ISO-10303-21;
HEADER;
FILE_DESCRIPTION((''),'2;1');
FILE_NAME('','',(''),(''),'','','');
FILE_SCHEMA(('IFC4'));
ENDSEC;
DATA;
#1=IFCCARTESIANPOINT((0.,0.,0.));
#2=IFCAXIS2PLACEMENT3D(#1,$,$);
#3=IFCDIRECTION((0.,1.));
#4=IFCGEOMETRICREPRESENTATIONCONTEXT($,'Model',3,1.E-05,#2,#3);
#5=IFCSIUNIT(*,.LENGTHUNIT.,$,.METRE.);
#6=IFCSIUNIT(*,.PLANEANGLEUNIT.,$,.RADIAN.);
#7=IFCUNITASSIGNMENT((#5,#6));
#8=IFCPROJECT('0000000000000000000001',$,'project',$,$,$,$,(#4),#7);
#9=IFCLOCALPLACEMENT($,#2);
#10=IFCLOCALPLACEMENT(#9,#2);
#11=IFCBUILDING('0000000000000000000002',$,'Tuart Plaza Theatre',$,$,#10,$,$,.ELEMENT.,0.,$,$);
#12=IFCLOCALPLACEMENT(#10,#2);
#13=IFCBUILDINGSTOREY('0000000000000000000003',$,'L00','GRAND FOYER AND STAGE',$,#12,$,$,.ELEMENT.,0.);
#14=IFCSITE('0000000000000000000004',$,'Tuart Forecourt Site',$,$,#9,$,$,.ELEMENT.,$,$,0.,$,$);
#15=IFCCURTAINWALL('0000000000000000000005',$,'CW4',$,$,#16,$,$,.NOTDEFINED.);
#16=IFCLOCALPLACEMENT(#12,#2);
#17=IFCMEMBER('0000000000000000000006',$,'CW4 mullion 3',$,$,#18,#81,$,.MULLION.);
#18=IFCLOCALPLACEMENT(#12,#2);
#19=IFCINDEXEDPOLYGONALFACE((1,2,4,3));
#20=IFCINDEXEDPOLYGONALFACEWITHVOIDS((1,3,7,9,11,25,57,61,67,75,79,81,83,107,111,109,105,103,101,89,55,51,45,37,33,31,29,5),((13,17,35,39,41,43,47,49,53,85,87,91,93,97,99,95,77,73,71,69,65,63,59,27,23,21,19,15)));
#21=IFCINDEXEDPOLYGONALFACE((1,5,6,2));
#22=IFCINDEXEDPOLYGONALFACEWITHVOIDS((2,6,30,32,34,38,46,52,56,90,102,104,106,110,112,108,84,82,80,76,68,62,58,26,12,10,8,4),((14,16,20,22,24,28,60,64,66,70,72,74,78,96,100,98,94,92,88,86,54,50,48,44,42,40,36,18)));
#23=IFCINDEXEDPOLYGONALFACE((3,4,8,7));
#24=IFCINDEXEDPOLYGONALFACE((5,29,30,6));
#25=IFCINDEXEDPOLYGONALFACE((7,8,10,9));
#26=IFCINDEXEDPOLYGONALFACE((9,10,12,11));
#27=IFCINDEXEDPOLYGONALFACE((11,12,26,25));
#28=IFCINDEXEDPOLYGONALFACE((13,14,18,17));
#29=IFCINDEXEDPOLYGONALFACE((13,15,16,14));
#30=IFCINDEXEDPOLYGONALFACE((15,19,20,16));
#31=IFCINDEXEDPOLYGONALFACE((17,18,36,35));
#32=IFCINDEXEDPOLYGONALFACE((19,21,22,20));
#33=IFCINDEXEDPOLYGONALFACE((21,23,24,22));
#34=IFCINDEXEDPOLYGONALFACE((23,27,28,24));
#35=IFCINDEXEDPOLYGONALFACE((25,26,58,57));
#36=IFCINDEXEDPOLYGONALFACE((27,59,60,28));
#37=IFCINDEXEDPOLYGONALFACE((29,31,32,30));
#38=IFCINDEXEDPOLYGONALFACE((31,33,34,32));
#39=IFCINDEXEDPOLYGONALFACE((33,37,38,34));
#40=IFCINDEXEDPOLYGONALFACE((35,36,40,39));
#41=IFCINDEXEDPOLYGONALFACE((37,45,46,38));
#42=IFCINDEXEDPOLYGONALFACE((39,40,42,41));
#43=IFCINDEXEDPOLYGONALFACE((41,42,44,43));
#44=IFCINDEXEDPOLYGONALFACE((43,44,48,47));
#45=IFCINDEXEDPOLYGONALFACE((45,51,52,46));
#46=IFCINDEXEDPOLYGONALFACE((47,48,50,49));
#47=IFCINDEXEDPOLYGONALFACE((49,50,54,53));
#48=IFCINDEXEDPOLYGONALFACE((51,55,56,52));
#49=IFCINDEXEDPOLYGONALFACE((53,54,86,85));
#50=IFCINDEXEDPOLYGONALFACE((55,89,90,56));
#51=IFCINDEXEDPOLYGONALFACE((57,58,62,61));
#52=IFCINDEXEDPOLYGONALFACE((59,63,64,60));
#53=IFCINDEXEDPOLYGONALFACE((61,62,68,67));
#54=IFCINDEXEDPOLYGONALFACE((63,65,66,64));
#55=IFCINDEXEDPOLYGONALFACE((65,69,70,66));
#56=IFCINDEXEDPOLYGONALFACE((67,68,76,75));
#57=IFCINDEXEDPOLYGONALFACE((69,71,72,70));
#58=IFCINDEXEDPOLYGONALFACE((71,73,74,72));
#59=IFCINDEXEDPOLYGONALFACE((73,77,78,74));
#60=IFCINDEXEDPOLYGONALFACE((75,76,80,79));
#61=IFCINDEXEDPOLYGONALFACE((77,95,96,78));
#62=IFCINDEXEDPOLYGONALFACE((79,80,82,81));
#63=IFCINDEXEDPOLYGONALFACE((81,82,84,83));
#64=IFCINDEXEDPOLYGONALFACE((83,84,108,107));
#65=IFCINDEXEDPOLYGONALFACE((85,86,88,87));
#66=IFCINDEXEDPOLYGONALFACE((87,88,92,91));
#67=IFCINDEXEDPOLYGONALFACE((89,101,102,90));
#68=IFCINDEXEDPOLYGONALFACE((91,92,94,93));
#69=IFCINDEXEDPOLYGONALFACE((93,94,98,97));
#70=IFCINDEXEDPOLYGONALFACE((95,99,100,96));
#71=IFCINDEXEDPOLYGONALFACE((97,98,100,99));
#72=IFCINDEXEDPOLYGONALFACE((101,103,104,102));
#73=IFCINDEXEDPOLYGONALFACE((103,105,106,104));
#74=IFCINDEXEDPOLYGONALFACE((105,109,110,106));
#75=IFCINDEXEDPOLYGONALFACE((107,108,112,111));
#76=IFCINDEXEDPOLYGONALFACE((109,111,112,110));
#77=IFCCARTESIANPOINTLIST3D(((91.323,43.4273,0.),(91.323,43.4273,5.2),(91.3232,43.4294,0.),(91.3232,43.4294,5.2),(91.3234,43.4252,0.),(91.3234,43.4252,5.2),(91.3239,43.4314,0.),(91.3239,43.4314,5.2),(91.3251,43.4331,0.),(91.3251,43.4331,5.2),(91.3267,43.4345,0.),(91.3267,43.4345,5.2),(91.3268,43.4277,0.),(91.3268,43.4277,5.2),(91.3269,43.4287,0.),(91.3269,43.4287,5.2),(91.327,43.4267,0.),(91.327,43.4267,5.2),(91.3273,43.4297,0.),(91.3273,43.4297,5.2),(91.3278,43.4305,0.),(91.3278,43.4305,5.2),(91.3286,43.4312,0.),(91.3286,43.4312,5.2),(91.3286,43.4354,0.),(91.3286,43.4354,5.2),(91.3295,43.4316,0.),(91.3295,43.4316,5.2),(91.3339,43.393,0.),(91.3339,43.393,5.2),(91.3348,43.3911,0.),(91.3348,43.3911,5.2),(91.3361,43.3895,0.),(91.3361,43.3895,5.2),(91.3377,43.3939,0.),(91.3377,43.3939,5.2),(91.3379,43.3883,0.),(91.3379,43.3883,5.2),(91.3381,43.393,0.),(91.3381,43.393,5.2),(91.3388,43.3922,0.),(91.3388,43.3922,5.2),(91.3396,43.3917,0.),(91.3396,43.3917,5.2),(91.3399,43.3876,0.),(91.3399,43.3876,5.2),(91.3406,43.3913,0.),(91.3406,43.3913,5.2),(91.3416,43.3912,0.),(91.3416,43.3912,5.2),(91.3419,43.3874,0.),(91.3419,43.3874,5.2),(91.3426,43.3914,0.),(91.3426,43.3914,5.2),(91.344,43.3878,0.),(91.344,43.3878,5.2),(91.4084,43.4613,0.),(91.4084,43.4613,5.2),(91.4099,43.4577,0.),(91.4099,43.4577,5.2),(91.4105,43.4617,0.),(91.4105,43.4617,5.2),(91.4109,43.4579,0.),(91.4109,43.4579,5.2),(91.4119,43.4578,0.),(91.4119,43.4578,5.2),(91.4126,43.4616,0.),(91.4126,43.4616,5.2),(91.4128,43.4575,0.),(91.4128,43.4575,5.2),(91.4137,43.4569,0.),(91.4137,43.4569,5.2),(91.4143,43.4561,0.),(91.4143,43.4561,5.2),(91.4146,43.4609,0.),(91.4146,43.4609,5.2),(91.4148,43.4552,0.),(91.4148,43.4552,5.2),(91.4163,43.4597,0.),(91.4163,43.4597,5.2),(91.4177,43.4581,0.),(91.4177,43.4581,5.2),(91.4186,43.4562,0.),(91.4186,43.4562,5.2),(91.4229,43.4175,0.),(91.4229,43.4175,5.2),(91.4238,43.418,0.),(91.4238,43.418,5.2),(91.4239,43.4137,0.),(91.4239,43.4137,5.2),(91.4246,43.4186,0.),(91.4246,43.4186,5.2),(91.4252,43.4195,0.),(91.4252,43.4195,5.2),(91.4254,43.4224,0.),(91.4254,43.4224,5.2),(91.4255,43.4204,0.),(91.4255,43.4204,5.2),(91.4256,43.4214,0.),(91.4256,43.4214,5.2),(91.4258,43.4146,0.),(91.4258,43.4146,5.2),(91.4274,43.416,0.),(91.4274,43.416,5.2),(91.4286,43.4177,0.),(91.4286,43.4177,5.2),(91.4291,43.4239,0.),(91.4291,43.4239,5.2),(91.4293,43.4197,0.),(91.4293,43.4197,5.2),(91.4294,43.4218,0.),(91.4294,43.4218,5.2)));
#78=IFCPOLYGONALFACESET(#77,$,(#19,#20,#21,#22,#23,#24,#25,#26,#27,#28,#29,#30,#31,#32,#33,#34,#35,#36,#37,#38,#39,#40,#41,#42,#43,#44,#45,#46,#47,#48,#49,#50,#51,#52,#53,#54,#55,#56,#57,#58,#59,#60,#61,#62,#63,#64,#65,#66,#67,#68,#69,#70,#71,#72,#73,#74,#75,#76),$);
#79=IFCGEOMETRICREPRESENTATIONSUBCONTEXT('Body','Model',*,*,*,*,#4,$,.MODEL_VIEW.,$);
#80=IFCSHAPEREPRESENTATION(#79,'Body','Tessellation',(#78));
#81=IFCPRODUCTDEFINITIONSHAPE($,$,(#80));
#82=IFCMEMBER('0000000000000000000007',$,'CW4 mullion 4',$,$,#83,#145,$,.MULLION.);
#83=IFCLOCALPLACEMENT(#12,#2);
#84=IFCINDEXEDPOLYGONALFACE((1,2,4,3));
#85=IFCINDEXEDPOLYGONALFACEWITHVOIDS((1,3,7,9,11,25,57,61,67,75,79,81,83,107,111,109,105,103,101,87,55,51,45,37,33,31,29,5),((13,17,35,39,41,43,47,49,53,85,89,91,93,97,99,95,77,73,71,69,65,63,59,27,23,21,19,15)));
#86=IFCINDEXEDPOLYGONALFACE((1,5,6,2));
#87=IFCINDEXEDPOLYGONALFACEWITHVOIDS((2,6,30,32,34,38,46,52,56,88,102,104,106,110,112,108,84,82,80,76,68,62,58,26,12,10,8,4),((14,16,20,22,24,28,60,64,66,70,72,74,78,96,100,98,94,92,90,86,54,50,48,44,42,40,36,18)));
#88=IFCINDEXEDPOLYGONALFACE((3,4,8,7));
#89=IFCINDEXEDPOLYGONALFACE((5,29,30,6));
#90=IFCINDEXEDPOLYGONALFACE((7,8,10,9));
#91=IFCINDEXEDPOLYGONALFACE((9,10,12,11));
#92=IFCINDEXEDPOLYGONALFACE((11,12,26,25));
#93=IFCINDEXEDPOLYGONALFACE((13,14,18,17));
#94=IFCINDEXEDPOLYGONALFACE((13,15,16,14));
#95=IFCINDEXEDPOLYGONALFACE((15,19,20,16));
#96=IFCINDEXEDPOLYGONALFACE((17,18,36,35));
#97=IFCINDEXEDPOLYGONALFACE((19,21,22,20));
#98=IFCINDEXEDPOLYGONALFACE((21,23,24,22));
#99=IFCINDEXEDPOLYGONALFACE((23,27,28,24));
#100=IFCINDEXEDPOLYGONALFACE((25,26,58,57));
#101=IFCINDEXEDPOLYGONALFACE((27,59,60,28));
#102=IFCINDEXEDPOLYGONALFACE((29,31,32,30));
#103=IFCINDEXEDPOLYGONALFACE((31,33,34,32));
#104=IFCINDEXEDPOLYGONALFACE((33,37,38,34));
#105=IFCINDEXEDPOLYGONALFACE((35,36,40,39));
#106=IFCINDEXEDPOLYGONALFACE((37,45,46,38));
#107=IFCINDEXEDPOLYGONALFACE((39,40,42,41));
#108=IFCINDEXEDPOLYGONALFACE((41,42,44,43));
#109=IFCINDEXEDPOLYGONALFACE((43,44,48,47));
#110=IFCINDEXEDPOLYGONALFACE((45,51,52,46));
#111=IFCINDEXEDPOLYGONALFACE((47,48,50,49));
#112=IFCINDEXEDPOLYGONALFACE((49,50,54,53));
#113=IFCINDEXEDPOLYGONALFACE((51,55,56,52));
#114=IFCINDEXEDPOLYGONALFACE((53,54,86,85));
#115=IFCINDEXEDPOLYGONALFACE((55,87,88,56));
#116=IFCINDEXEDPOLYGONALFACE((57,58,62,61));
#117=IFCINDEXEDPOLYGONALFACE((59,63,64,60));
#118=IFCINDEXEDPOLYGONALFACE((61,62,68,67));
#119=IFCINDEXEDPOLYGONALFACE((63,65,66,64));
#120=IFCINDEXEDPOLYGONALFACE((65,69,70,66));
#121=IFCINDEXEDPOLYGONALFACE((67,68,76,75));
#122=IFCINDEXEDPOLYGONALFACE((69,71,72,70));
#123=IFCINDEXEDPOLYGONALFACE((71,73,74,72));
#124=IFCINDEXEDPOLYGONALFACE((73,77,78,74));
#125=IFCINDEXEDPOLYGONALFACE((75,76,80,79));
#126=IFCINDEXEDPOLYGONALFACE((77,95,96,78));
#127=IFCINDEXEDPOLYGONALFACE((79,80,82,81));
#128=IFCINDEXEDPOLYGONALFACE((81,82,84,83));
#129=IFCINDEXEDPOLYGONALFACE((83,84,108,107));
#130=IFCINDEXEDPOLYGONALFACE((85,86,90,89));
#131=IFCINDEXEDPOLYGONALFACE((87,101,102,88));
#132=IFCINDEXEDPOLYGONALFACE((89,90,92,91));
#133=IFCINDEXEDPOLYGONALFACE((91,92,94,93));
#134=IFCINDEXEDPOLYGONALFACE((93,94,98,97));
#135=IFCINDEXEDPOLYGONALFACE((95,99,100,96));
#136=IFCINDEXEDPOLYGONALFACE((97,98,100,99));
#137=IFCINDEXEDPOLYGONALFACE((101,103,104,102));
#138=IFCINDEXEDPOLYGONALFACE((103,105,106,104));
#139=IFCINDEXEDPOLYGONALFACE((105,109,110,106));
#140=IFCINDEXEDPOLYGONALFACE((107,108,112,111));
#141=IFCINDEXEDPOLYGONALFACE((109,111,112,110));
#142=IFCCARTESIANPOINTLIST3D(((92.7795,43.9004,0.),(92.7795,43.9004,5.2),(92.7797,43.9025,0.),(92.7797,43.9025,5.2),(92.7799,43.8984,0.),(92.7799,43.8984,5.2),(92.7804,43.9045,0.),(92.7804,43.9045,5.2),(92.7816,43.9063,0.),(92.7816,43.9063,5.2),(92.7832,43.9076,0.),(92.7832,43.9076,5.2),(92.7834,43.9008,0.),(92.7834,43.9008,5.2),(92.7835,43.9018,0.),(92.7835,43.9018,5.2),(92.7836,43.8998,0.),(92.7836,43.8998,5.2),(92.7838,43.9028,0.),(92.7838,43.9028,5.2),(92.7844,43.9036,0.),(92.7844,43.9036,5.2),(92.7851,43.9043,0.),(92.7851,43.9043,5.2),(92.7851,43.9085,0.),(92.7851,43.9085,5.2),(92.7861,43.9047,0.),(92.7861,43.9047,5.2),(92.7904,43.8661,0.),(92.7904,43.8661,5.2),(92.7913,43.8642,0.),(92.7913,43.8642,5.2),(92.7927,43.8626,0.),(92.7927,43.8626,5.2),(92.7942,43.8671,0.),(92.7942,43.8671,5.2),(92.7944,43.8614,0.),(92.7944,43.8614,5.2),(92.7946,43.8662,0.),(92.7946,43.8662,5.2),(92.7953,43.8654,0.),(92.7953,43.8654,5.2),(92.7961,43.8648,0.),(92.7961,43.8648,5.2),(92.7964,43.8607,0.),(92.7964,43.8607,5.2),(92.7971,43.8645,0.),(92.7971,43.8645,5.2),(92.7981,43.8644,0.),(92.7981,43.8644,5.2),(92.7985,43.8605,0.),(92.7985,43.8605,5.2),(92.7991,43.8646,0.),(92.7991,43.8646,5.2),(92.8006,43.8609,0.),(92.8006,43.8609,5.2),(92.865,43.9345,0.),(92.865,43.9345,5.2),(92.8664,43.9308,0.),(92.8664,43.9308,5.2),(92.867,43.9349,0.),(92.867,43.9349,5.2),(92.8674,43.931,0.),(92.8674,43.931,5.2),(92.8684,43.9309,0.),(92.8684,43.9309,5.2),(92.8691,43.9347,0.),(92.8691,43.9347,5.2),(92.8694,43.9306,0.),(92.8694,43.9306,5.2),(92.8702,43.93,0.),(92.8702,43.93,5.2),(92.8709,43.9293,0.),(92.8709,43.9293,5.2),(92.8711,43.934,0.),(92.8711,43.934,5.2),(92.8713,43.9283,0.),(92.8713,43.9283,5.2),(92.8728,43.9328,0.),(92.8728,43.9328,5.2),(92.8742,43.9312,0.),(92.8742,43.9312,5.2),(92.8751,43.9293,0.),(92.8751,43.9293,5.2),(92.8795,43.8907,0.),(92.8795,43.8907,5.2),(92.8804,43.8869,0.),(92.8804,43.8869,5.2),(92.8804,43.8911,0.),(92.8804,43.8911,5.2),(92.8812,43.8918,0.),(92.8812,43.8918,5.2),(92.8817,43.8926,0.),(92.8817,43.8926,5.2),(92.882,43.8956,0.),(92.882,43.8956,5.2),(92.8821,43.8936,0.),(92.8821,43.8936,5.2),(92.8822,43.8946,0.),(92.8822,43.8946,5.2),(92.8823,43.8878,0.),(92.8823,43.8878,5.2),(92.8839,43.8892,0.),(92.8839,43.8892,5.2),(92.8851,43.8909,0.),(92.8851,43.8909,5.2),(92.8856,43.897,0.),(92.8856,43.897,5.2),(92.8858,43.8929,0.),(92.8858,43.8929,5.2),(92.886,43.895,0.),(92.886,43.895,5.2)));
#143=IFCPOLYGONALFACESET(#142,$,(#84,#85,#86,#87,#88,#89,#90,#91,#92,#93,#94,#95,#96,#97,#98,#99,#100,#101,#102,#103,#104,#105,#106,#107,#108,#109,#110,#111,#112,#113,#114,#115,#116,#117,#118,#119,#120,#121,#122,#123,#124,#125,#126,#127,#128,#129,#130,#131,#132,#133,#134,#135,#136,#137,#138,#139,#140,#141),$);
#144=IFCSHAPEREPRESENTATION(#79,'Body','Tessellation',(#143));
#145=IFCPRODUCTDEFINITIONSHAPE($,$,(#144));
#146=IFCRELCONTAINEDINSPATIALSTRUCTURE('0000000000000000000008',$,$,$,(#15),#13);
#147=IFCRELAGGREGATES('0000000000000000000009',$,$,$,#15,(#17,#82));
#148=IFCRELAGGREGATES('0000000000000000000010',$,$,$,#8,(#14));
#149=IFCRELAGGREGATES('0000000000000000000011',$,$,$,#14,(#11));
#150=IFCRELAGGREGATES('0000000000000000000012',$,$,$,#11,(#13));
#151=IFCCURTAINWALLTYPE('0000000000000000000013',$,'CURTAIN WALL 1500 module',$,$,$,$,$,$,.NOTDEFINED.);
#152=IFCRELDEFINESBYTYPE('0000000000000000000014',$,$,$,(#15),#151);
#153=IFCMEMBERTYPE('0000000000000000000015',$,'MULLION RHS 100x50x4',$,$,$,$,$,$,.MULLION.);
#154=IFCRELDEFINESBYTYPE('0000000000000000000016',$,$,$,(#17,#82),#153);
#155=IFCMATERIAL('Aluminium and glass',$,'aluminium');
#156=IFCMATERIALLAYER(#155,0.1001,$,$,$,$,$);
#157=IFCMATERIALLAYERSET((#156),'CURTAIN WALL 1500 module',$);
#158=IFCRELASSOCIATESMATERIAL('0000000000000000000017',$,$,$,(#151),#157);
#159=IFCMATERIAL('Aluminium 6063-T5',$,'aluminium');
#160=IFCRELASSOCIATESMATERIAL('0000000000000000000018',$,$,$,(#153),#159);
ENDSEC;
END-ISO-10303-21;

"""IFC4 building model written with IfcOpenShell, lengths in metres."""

from ifc_helpers import new_model, si_unit, direction, frame, origin, origin_2d, place, context, subcontext, project, spatial, hollow_rectangle, extrude, material, layer, layer_set, material_profile, profile_set, type_object, element, aggregate, save


model = new_model("IFC4")

# Units and contexts
model_context = context("Model", 3, precision=1e-05, world=origin(), true_north=direction((0.0, 1.0)))
body_context = subcontext(model_context, "Body", "Model", "MODEL_VIEW")
ifc_project = project(units=[si_unit("LENGTHUNIT", "METRE"), si_unit("PLANEANGLEUNIT", "RADIAN")], contexts=[model_context])

# Site, building, storey
site_placement = place(None, origin())
site = spatial("IfcSite", under=ifc_project, at=site_placement, Name="Tuart Forecourt Site", CompositionType="ELEMENT", RefElevation=0.0)
building_placement = place(site_placement, origin())
building = spatial("IfcBuilding", under=site, at=building_placement, Name="Tuart Plaza Theatre", CompositionType="ELEMENT", ElevationOfRefHeight=0.0)
storey_placement = place(building_placement, origin())
storey = spatial("IfcBuildingStorey", under=building, at=storey_placement, Name="L00", Description="GRAND FOYER AND STAGE", CompositionType="ELEMENT", Elevation=0.0)

# Curtain wall, members
ifc_material_1 = material(Name="Aluminium and glass", Category="aluminium")
ifc_layer_1 = layer(ifc_material_1, 0.1001)
ifc_layer_set_1 = layer_set([ifc_layer_1], Name="CURTAIN WALL 1500 module")
curtain_wall_type = type_object("IfcCurtainWallType", Name="CURTAIN WALL 1500 module", PredefinedType="NOTDEFINED", material=ifc_layer_set_1)
curtain_wall_1_placement = place(storey_placement, origin())
curtain_wall_1 = element("IfcCurtainWall", 1, at=curtain_wall_1_placement, inside=storey, type_object=curtain_wall_type, Name="CW4", PredefinedType="NOTDEFINED")
ifc_material_2 = material(Name="Aluminium 6063-T5", Category="aluminium")
ifc_material_profile_1 = material_profile(ifc_material_2, hollow_rectangle(XDim=0.05, YDim=0.1001, WallThickness=0.0039, InnerFilletRadius=0.0039, OuterFilletRadius=0.0081, at=origin_2d()), Name="RHS 100x50x4")
ifc_profile_set_1 = profile_set([ifc_material_profile_1], Name="Aluminium 6063-T5")
member_type_1 = type_object("IfcMemberType", Name="MULLION RHS 100x50x4", PredefinedType="MULLION", material=ifc_profile_set_1)
member_1_placement = place(storey_placement, frame((91.3762, 43.4246, 0.0), z_axis=(0.0, 0.0, 1.0), x_axis=(-0.309018, 0.951056, 0.0)))
member_1 = element("IfcMember", 2, at=member_1_placement, type_object=member_type_1, Name="CW4 mullion 3", PredefinedType="MULLION", context=body_context, shape_type="SweptSolid", body=[
    extrude(hollow_rectangle(XDim=0.05, YDim=0.1001, WallThickness=0.0039, InnerFilletRadius=0.0039, OuterFilletRadius=0.0081, at=origin_2d()), origin(), (0.0, 0.0, 1.0), 5.2),
])
member_2_placement = place(storey_placement, frame((92.8328, 43.8977, 0.0), z_axis=(0.0, 0.0, 1.0), x_axis=(-0.309018, 0.951056, 0.0)))
member_2 = element("IfcMember", 3, at=member_2_placement, type_object=member_type_1, Name="CW4 mullion 4", PredefinedType="MULLION", context=body_context, shape_type="SweptSolid", body=[
    extrude(hollow_rectangle(XDim=0.05, YDim=0.1001, WallThickness=0.0039, InnerFilletRadius=0.0039, OuterFilletRadius=0.0081, at=origin_2d()), origin(), (0.0, 0.0, 1.0), 5.2),
])

aggregate(curtain_wall_1, [member_1, member_2])

save(model, "model.ifc")
